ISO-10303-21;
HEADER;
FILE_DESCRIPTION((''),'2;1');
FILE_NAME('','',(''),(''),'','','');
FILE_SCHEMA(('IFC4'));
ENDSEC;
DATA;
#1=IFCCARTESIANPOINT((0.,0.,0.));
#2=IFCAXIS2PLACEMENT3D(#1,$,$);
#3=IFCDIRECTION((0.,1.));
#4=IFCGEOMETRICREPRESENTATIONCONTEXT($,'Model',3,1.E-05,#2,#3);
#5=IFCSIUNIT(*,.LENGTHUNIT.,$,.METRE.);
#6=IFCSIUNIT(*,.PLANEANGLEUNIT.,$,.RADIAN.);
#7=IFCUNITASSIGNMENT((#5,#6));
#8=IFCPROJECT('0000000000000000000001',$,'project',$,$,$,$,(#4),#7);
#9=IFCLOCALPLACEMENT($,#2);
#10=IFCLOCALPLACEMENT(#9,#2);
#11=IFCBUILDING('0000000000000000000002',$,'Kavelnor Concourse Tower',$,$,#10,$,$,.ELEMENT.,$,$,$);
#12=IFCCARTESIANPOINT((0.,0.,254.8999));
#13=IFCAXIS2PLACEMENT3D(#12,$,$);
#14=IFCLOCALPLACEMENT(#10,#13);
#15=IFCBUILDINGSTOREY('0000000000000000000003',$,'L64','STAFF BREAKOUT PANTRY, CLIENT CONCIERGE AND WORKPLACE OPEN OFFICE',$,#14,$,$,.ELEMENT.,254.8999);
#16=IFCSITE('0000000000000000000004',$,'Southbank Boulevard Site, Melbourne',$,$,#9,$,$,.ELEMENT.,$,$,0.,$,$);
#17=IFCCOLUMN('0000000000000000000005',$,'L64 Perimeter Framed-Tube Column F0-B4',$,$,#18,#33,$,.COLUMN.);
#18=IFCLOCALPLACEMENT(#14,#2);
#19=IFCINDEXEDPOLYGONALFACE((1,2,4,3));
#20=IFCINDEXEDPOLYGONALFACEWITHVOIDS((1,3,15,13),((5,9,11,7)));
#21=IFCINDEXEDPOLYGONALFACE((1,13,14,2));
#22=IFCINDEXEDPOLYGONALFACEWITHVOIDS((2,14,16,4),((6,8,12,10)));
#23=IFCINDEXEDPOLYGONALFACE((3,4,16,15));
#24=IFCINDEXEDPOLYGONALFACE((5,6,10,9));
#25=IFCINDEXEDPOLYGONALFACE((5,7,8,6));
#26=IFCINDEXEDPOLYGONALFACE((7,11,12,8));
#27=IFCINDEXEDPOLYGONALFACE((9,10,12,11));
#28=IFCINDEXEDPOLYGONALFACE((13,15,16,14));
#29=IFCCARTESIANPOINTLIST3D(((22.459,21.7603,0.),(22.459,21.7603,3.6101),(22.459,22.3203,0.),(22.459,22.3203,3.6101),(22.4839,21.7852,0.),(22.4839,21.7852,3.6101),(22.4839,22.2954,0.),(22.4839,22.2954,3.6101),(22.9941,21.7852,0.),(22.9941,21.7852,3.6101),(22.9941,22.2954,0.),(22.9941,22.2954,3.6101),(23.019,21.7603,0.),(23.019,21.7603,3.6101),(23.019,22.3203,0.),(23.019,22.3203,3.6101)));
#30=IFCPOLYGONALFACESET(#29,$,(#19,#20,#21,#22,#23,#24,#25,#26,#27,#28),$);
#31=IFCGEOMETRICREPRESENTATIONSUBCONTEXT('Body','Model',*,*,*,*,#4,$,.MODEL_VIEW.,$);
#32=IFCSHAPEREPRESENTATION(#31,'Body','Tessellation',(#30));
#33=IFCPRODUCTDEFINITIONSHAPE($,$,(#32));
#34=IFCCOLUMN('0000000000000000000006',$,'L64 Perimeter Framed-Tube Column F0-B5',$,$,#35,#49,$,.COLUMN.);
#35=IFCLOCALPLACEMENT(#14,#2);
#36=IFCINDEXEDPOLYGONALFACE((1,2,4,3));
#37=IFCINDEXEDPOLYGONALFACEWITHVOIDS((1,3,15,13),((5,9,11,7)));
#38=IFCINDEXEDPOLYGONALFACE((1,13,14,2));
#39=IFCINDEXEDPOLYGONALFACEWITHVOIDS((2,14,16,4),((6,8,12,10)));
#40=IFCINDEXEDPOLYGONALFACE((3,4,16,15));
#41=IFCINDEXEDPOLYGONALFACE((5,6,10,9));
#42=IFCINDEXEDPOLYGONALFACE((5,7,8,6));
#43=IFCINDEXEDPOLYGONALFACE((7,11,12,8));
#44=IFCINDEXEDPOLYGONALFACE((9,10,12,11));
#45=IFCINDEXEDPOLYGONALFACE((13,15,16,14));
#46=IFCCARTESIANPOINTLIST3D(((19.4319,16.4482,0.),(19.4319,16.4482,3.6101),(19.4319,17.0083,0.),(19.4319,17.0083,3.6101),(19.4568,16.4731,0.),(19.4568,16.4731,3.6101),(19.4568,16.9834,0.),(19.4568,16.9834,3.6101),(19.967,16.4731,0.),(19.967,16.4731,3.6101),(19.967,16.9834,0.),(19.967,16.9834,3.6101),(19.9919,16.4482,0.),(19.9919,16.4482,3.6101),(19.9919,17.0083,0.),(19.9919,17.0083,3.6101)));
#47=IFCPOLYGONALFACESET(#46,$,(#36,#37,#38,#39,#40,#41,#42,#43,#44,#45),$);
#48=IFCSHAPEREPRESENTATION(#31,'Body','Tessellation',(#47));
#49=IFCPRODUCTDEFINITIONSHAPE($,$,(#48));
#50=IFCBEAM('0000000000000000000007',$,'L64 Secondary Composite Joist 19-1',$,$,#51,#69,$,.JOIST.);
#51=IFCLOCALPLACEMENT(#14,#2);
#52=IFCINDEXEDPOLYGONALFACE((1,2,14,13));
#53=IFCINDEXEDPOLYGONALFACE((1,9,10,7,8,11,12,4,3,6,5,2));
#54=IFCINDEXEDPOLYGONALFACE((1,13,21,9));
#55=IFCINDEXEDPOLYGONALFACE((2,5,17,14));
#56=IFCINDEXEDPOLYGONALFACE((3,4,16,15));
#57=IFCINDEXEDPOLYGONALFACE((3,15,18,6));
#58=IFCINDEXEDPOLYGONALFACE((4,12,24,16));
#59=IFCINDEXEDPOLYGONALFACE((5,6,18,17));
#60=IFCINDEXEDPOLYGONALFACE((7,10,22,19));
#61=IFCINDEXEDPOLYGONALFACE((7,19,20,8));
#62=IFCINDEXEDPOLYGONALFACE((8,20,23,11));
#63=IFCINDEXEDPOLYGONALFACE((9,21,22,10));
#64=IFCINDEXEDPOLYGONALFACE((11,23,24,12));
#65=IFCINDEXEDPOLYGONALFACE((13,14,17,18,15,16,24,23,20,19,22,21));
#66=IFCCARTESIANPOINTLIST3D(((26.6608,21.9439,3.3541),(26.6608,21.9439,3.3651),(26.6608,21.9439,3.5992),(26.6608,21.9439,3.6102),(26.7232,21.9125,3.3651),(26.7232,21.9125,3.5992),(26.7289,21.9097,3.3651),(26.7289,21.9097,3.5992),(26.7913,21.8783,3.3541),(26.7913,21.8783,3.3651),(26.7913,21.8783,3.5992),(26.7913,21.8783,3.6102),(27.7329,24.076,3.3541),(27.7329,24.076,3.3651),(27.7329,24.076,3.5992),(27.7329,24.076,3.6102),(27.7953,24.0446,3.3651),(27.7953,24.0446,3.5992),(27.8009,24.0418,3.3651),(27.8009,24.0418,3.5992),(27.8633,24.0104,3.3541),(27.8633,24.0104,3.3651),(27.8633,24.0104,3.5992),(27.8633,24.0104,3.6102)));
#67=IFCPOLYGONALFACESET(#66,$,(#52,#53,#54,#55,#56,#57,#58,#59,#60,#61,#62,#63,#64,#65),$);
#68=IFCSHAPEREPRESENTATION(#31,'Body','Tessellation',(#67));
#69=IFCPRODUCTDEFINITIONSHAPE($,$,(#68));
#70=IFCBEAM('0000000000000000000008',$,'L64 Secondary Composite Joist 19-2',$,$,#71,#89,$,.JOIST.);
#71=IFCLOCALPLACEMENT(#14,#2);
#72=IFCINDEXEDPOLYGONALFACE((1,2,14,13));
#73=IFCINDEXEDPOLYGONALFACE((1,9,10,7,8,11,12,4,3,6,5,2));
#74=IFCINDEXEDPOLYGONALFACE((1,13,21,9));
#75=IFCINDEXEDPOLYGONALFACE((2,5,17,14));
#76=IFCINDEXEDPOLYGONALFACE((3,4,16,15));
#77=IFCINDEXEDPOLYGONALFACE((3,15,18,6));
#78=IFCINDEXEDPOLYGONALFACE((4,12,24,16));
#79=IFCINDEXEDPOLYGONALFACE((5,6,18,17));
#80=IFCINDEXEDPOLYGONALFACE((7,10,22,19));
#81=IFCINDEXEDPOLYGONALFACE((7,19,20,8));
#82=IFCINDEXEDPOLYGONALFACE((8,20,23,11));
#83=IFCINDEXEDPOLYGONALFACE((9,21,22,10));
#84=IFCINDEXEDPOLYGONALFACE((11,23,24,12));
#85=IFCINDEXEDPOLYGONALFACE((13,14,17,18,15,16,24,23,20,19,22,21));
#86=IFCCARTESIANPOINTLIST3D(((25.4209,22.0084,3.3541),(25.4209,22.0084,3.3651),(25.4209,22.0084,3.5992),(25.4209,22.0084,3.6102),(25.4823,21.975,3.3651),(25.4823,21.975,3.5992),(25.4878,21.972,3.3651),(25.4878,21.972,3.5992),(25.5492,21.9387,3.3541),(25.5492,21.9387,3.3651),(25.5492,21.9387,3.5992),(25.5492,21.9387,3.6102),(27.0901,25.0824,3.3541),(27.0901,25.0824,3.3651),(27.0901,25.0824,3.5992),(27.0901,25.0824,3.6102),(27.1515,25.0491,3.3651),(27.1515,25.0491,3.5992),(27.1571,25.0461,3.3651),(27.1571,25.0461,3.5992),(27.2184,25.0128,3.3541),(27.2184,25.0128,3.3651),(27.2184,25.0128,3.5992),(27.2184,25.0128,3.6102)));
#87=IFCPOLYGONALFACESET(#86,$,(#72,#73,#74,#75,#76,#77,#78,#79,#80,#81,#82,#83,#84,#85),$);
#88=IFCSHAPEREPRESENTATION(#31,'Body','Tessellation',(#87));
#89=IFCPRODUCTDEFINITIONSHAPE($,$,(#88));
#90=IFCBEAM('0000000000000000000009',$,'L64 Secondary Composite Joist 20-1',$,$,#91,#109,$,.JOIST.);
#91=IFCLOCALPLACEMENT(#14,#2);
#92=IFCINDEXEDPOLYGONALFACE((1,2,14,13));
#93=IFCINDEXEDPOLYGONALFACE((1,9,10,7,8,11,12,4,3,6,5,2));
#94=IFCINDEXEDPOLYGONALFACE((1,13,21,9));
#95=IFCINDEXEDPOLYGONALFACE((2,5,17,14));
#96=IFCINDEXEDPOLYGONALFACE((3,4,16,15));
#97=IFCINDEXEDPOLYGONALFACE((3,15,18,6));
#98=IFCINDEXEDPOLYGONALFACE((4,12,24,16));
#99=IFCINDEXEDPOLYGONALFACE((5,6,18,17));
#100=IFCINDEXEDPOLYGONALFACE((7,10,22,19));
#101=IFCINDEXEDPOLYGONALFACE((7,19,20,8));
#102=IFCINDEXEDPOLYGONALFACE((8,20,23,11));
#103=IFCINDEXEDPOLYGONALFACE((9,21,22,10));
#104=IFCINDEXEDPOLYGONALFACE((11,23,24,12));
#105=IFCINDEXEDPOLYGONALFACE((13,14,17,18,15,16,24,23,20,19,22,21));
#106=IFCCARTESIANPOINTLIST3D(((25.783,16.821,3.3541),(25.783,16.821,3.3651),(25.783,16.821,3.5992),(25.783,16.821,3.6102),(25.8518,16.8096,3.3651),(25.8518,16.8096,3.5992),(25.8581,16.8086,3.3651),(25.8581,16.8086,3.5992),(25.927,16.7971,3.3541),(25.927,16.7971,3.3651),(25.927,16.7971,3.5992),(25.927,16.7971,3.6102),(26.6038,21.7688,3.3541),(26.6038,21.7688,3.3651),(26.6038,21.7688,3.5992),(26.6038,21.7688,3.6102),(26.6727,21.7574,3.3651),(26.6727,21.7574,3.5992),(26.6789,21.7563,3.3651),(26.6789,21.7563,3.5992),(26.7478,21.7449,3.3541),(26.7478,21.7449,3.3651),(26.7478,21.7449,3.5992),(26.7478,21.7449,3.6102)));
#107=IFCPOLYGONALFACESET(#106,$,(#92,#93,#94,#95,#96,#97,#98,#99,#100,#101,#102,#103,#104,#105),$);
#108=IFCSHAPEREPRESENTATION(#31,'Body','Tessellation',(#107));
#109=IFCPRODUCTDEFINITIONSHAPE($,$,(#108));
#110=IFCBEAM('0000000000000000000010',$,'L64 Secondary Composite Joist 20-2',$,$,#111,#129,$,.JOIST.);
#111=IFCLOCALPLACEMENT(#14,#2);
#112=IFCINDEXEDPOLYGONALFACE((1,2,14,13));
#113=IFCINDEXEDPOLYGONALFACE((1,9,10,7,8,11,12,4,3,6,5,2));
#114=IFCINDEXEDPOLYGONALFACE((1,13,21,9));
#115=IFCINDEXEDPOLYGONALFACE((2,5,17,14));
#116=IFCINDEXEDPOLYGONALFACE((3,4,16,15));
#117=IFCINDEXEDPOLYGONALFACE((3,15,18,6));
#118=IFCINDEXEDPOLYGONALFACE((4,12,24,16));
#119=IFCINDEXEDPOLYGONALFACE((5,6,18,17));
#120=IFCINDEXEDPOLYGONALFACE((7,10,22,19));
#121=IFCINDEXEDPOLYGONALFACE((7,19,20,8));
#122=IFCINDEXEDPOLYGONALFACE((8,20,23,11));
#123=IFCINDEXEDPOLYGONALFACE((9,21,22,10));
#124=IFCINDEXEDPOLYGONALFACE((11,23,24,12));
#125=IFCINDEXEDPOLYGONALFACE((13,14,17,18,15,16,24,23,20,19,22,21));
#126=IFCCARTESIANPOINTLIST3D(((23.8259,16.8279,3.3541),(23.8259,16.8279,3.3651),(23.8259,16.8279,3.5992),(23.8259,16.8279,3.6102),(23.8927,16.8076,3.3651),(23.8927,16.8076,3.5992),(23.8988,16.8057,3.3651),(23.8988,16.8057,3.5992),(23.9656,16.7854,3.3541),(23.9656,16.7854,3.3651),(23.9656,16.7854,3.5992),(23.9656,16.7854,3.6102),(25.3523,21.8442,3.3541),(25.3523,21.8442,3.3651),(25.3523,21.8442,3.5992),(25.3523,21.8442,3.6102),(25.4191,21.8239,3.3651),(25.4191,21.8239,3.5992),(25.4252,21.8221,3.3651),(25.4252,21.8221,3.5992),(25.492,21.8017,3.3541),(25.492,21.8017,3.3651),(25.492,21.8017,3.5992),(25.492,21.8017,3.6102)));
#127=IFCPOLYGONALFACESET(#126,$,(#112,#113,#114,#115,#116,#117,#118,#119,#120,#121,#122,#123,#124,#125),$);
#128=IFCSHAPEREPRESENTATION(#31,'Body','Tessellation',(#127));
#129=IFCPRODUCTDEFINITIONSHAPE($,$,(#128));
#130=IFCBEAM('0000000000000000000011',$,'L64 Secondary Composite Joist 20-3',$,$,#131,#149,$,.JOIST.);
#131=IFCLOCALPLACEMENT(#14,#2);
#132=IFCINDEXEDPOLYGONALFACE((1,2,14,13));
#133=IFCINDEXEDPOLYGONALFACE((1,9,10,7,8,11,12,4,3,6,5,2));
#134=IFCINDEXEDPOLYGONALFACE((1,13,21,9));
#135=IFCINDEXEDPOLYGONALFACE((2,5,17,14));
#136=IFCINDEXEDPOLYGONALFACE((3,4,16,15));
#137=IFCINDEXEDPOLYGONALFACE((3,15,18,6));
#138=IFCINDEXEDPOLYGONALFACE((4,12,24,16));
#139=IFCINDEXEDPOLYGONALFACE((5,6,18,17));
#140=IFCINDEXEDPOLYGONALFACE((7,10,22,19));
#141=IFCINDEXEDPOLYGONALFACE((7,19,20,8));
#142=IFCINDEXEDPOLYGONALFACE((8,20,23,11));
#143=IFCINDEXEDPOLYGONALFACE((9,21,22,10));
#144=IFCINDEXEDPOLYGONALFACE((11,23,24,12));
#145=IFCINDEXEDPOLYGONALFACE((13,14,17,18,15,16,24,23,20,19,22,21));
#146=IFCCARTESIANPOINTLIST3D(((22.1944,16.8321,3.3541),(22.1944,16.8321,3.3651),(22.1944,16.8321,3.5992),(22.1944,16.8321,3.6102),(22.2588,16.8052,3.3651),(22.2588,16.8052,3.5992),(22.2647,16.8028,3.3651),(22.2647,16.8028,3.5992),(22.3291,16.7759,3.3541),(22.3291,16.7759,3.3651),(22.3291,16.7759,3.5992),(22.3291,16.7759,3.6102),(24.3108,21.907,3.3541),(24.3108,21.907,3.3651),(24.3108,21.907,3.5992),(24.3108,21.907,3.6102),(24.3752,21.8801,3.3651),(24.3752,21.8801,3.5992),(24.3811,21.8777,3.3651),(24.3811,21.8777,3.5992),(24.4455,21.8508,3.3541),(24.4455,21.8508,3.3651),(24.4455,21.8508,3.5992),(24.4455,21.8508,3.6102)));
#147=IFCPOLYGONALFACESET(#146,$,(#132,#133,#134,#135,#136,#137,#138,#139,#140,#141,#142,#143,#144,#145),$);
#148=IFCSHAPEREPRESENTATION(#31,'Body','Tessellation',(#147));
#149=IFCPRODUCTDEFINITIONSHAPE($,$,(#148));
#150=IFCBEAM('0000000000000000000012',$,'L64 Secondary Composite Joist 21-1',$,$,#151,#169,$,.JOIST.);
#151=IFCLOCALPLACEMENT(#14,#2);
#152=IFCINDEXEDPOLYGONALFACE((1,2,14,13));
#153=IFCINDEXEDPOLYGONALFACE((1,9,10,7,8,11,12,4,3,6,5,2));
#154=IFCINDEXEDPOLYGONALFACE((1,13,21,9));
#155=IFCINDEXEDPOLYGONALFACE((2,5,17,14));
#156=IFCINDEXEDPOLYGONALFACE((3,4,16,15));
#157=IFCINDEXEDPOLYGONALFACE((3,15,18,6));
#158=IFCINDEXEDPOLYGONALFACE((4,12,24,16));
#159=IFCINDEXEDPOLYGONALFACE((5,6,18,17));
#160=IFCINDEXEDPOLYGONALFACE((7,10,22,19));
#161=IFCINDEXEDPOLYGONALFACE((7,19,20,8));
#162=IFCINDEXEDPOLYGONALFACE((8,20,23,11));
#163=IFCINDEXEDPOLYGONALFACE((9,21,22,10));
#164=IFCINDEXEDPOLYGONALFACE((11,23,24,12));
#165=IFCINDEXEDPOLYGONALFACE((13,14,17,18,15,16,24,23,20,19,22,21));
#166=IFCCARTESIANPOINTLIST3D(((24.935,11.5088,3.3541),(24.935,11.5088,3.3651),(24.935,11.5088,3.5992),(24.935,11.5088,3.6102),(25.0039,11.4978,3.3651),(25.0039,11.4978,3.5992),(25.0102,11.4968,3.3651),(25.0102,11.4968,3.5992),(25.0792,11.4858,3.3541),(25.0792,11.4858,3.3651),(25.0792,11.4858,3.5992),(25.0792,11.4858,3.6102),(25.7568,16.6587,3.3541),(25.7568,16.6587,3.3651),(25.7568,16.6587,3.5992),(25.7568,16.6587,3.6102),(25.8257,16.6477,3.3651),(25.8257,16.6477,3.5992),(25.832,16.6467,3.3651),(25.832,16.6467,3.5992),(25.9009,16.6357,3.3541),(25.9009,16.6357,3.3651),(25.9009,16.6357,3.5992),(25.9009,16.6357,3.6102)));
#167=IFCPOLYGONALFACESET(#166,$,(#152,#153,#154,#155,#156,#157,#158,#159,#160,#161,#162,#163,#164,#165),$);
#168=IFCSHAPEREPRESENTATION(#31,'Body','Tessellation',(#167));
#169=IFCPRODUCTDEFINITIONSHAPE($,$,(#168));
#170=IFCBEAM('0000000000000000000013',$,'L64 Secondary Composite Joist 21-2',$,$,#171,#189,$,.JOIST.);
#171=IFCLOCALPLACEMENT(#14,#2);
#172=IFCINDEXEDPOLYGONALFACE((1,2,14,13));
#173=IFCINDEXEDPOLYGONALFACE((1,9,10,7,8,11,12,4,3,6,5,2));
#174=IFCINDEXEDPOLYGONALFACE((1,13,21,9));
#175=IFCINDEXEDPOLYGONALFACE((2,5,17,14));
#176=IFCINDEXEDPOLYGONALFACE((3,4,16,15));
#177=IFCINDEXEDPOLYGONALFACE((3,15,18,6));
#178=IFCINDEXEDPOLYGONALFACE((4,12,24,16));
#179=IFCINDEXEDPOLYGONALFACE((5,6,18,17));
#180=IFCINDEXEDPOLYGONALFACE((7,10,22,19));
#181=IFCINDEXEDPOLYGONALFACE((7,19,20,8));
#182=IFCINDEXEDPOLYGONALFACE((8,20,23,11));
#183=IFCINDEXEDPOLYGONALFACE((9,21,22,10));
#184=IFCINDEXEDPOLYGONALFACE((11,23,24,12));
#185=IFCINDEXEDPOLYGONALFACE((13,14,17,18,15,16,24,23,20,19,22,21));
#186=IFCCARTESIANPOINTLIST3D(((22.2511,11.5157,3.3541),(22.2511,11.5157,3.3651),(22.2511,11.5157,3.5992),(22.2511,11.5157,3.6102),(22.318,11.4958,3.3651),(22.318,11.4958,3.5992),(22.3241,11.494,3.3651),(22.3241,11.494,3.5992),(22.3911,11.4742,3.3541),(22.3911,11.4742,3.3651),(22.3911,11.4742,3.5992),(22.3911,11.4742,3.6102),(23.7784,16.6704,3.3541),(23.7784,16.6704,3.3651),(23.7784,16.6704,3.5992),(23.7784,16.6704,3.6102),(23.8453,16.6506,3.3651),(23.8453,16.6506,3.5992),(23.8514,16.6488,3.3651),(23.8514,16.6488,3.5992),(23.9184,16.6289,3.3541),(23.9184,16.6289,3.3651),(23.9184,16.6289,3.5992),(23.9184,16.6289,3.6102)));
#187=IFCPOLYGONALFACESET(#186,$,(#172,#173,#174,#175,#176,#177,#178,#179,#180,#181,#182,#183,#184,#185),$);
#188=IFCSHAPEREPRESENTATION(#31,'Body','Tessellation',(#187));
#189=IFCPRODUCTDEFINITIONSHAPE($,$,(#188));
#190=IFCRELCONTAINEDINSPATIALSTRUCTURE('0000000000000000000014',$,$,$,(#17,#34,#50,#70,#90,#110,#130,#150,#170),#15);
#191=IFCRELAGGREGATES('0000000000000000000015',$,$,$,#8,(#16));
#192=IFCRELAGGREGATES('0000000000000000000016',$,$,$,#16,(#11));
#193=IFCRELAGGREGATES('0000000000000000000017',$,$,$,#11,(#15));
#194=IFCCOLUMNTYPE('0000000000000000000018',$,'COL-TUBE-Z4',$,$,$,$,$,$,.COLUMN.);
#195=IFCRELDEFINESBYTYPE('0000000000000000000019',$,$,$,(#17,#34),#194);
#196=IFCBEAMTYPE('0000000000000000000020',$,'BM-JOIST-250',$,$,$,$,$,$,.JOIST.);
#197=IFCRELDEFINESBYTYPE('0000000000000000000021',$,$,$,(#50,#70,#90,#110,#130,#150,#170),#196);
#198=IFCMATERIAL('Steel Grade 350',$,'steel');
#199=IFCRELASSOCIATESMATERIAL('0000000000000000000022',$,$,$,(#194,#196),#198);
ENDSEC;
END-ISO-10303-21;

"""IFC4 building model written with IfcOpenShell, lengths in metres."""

from ifc_helpers import new_model, si_unit, direction, frame, origin, origin_2d, place, context, subcontext, project, spatial, hollow_rectangle, i_section, extrude, material, material_profile, profile_set, type_object, element, save


model = new_model("IFC4")

# Units and contexts
model_context = context("Model", 3, precision=1e-05, world=origin(), true_north=direction((0.0, 1.0)))
body_context = subcontext(model_context, "Body", "Model", "MODEL_VIEW")
ifc_project = project(units=[si_unit("LENGTHUNIT", "METRE"), si_unit("PLANEANGLEUNIT", "RADIAN")], contexts=[model_context])

# Site, building, storey
site_placement = place(None, origin())
site = spatial("IfcSite", under=ifc_project, at=site_placement, Name="Southbank Boulevard Site, Melbourne", CompositionType="ELEMENT", RefElevation=0.0)
building_placement = place(site_placement, origin())
building = spatial("IfcBuilding", under=site, at=building_placement, Name="Kavelnor Concourse Tower", CompositionType="ELEMENT")
storey_placement = place(building_placement, frame((0.0, 0.0, 254.8999)))
storey = spatial("IfcBuildingStorey", under=building, at=storey_placement, Name="L64", Description="STAFF BREAKOUT PANTRY, CLIENT CONCIERGE AND WORKPLACE OPEN OFFICE", CompositionType="ELEMENT", Elevation=254.8999)

# Columns
ifc_material_1 = material(Name="Steel Grade 350", Category="steel")
ifc_material_profile_1 = material_profile(ifc_material_1, hollow_rectangle(XDim=0.5601, YDim=0.5601, WallThickness=0.0249, at=origin_2d()), Name="SHS 560x560x25")
ifc_profile_set_1 = profile_set([ifc_material_profile_1], Name="Steel Grade 350")
column_type = type_object("IfcColumnType", Name="COL-TUBE-Z4", PredefinedType="COLUMN", material=ifc_profile_set_1)
for number, where, z_axis, x_axis, name in (
    (1, (22.739, 22.0403, 0.0), (0.0, 0.0, 1.0), (1.0, 0.0, 0.0), "L64 Perimeter Framed-Tube Column F0-B4"),
    (2, (19.7119, 16.7283, 0.0), (0.0, 0.0, 1.0), (1.0, 0.0, 0.0), "L64 Perimeter Framed-Tube Column F0-B5"),
):
    element("IfcColumn", number, at=place(storey_placement, frame(where, z_axis=z_axis, x_axis=x_axis)), inside=storey, type_object=column_type, Name=name, PredefinedType="COLUMN", context=body_context, shape_type="SweptSolid", body=[
        extrude(hollow_rectangle(XDim=0.5601, YDim=0.5601, WallThickness=0.0249, at=origin_2d()), origin(), (0.0, 0.0, 1.0), 3.6101),
    ])

# Beams
ifc_material_profile_2 = material_profile(ifc_material_1, i_section(OverallWidth=0.146, OverallDepth=0.2561, WebThickness=0.0063, FlangeThickness=0.011, at=origin_2d()), Name="250UB37")
ifc_profile_set_2 = profile_set([ifc_material_profile_2], Name="Steel Grade 350")
beam_type_1 = type_object("IfcBeamType", Name="BM-JOIST-250", PredefinedType="JOIST", material=ifc_profile_set_2)
beam_1_placement = place(storey_placement, frame((27.7981, 24.0432, 3.4822), z_axis=(-0.449218, -0.893422, 0.0), x_axis=(0.893422, -0.449218, 0.0)))
element("IfcBeam", 3, at=beam_1_placement, inside=storey, type_object=beam_type_1, Name="L64 Secondary Composite Joist 19-1", PredefinedType="JOIST", context=body_context, shape_type="SweptSolid", body=[
    extrude(i_section(OverallWidth=0.146, OverallDepth=0.2561, WebThickness=0.0063, FlangeThickness=0.011, at=origin_2d()), origin(), (0.0, 0.0, 1.0), 2.3865),
])
beam_2_placement = place(storey_placement, frame((27.1543, 25.0476, 3.4822), z_axis=(-0.477194, -0.878798, 0.0), x_axis=(0.878798, -0.477194, 0.0)))
element("IfcBeam", 4, at=beam_2_placement, inside=storey, type_object=beam_type_1, Name="L64 Secondary Composite Joist 19-2", PredefinedType="JOIST", context=body_context, shape_type="SweptSolid", body=[
    extrude(i_section(OverallWidth=0.146, OverallDepth=0.2561, WebThickness=0.0063, FlangeThickness=0.011, at=origin_2d()), origin(), (0.0, 0.0, 1.0), 3.498),
])
beam_3_placement = place(storey_placement, frame((26.6758, 21.7568, 3.4822), z_axis=(-0.163657, -0.986517, 0.0), x_axis=(0.986517, -0.163657, 0.0)))
element("IfcBeam", 5, at=beam_3_placement, inside=storey, type_object=beam_type_1, Name="L64 Secondary Composite Joist 20-1", PredefinedType="JOIST", context=body_context, shape_type="SweptSolid", body=[
    extrude(i_section(OverallWidth=0.146, OverallDepth=0.2561, WebThickness=0.0063, FlangeThickness=0.011, at=origin_2d()), origin(), (0.0, 0.0, 1.0), 5.0154),
])
beam_4_placement = place(storey_placement, frame((25.4221, 21.823, 3.4822), z_axis=(-0.2911, -0.956692, 0.0), x_axis=(0.956692, -0.2911, 0.0)))
element("IfcBeam", 6, at=beam_4_placement, inside=storey, type_object=beam_type_1, Name="L64 Secondary Composite Joist 20-2", PredefinedType="JOIST", context=body_context, shape_type="SweptSolid", body=[
    extrude(i_section(OverallWidth=0.146, OverallDepth=0.2561, WebThickness=0.0063, FlangeThickness=0.011, at=origin_2d()), origin(), (0.0, 0.0, 1.0), 5.2434),
])
beam_5_placement = place(storey_placement, frame((24.3782, 21.8789, 3.4822), z_axis=(-0.384909, -0.922955, 0.0), x_axis=(0.922955, -0.384909, 0.0)))
element("IfcBeam", 7, at=beam_5_placement, inside=storey, type_object=beam_type_1, Name="L64 Secondary Composite Joist 20-3", PredefinedType="JOIST", context=body_context, shape_type="SweptSolid", body=[
    extrude(i_section(OverallWidth=0.146, OverallDepth=0.2561, WebThickness=0.0063, FlangeThickness=0.011, at=origin_2d()), origin(), (0.0, 0.0, 1.0), 5.4985),
])
beam_6_placement = place(storey_placement, frame((25.8289, 16.6472, 3.4822), z_axis=(-0.157578, -0.987507, 0.0), x_axis=(0.987507, -0.157578, 0.0)))
element("IfcBeam", 8, at=beam_6_placement, inside=storey, type_object=beam_type_1, Name="L64 Secondary Composite Joist 21-1", PredefinedType="JOIST", context=body_context, shape_type="SweptSolid", body=[
    extrude(i_section(OverallWidth=0.146, OverallDepth=0.2561, WebThickness=0.0063, FlangeThickness=0.011, at=origin_2d()), origin(), (0.0, 0.0, 1.0), 5.2151),
])
beam_7_placement = place(storey_placement, frame((23.8484, 16.6497, 3.4822), z_axis=(-0.284088, -0.958798, 0.0), x_axis=(0.958798, -0.284088, 0.0)))
element("IfcBeam", 9, at=beam_7_placement, inside=storey, type_object=beam_type_1, Name="L64 Secondary Composite Joist 21-2", PredefinedType="JOIST", context=body_context, shape_type="SweptSolid", body=[
    extrude(i_section(OverallWidth=0.146, OverallDepth=0.2561, WebThickness=0.0063, FlangeThickness=0.011, at=origin_2d()), origin(), (0.0, 0.0, 1.0), 5.3762),
])

save(model, "model.ifc")
